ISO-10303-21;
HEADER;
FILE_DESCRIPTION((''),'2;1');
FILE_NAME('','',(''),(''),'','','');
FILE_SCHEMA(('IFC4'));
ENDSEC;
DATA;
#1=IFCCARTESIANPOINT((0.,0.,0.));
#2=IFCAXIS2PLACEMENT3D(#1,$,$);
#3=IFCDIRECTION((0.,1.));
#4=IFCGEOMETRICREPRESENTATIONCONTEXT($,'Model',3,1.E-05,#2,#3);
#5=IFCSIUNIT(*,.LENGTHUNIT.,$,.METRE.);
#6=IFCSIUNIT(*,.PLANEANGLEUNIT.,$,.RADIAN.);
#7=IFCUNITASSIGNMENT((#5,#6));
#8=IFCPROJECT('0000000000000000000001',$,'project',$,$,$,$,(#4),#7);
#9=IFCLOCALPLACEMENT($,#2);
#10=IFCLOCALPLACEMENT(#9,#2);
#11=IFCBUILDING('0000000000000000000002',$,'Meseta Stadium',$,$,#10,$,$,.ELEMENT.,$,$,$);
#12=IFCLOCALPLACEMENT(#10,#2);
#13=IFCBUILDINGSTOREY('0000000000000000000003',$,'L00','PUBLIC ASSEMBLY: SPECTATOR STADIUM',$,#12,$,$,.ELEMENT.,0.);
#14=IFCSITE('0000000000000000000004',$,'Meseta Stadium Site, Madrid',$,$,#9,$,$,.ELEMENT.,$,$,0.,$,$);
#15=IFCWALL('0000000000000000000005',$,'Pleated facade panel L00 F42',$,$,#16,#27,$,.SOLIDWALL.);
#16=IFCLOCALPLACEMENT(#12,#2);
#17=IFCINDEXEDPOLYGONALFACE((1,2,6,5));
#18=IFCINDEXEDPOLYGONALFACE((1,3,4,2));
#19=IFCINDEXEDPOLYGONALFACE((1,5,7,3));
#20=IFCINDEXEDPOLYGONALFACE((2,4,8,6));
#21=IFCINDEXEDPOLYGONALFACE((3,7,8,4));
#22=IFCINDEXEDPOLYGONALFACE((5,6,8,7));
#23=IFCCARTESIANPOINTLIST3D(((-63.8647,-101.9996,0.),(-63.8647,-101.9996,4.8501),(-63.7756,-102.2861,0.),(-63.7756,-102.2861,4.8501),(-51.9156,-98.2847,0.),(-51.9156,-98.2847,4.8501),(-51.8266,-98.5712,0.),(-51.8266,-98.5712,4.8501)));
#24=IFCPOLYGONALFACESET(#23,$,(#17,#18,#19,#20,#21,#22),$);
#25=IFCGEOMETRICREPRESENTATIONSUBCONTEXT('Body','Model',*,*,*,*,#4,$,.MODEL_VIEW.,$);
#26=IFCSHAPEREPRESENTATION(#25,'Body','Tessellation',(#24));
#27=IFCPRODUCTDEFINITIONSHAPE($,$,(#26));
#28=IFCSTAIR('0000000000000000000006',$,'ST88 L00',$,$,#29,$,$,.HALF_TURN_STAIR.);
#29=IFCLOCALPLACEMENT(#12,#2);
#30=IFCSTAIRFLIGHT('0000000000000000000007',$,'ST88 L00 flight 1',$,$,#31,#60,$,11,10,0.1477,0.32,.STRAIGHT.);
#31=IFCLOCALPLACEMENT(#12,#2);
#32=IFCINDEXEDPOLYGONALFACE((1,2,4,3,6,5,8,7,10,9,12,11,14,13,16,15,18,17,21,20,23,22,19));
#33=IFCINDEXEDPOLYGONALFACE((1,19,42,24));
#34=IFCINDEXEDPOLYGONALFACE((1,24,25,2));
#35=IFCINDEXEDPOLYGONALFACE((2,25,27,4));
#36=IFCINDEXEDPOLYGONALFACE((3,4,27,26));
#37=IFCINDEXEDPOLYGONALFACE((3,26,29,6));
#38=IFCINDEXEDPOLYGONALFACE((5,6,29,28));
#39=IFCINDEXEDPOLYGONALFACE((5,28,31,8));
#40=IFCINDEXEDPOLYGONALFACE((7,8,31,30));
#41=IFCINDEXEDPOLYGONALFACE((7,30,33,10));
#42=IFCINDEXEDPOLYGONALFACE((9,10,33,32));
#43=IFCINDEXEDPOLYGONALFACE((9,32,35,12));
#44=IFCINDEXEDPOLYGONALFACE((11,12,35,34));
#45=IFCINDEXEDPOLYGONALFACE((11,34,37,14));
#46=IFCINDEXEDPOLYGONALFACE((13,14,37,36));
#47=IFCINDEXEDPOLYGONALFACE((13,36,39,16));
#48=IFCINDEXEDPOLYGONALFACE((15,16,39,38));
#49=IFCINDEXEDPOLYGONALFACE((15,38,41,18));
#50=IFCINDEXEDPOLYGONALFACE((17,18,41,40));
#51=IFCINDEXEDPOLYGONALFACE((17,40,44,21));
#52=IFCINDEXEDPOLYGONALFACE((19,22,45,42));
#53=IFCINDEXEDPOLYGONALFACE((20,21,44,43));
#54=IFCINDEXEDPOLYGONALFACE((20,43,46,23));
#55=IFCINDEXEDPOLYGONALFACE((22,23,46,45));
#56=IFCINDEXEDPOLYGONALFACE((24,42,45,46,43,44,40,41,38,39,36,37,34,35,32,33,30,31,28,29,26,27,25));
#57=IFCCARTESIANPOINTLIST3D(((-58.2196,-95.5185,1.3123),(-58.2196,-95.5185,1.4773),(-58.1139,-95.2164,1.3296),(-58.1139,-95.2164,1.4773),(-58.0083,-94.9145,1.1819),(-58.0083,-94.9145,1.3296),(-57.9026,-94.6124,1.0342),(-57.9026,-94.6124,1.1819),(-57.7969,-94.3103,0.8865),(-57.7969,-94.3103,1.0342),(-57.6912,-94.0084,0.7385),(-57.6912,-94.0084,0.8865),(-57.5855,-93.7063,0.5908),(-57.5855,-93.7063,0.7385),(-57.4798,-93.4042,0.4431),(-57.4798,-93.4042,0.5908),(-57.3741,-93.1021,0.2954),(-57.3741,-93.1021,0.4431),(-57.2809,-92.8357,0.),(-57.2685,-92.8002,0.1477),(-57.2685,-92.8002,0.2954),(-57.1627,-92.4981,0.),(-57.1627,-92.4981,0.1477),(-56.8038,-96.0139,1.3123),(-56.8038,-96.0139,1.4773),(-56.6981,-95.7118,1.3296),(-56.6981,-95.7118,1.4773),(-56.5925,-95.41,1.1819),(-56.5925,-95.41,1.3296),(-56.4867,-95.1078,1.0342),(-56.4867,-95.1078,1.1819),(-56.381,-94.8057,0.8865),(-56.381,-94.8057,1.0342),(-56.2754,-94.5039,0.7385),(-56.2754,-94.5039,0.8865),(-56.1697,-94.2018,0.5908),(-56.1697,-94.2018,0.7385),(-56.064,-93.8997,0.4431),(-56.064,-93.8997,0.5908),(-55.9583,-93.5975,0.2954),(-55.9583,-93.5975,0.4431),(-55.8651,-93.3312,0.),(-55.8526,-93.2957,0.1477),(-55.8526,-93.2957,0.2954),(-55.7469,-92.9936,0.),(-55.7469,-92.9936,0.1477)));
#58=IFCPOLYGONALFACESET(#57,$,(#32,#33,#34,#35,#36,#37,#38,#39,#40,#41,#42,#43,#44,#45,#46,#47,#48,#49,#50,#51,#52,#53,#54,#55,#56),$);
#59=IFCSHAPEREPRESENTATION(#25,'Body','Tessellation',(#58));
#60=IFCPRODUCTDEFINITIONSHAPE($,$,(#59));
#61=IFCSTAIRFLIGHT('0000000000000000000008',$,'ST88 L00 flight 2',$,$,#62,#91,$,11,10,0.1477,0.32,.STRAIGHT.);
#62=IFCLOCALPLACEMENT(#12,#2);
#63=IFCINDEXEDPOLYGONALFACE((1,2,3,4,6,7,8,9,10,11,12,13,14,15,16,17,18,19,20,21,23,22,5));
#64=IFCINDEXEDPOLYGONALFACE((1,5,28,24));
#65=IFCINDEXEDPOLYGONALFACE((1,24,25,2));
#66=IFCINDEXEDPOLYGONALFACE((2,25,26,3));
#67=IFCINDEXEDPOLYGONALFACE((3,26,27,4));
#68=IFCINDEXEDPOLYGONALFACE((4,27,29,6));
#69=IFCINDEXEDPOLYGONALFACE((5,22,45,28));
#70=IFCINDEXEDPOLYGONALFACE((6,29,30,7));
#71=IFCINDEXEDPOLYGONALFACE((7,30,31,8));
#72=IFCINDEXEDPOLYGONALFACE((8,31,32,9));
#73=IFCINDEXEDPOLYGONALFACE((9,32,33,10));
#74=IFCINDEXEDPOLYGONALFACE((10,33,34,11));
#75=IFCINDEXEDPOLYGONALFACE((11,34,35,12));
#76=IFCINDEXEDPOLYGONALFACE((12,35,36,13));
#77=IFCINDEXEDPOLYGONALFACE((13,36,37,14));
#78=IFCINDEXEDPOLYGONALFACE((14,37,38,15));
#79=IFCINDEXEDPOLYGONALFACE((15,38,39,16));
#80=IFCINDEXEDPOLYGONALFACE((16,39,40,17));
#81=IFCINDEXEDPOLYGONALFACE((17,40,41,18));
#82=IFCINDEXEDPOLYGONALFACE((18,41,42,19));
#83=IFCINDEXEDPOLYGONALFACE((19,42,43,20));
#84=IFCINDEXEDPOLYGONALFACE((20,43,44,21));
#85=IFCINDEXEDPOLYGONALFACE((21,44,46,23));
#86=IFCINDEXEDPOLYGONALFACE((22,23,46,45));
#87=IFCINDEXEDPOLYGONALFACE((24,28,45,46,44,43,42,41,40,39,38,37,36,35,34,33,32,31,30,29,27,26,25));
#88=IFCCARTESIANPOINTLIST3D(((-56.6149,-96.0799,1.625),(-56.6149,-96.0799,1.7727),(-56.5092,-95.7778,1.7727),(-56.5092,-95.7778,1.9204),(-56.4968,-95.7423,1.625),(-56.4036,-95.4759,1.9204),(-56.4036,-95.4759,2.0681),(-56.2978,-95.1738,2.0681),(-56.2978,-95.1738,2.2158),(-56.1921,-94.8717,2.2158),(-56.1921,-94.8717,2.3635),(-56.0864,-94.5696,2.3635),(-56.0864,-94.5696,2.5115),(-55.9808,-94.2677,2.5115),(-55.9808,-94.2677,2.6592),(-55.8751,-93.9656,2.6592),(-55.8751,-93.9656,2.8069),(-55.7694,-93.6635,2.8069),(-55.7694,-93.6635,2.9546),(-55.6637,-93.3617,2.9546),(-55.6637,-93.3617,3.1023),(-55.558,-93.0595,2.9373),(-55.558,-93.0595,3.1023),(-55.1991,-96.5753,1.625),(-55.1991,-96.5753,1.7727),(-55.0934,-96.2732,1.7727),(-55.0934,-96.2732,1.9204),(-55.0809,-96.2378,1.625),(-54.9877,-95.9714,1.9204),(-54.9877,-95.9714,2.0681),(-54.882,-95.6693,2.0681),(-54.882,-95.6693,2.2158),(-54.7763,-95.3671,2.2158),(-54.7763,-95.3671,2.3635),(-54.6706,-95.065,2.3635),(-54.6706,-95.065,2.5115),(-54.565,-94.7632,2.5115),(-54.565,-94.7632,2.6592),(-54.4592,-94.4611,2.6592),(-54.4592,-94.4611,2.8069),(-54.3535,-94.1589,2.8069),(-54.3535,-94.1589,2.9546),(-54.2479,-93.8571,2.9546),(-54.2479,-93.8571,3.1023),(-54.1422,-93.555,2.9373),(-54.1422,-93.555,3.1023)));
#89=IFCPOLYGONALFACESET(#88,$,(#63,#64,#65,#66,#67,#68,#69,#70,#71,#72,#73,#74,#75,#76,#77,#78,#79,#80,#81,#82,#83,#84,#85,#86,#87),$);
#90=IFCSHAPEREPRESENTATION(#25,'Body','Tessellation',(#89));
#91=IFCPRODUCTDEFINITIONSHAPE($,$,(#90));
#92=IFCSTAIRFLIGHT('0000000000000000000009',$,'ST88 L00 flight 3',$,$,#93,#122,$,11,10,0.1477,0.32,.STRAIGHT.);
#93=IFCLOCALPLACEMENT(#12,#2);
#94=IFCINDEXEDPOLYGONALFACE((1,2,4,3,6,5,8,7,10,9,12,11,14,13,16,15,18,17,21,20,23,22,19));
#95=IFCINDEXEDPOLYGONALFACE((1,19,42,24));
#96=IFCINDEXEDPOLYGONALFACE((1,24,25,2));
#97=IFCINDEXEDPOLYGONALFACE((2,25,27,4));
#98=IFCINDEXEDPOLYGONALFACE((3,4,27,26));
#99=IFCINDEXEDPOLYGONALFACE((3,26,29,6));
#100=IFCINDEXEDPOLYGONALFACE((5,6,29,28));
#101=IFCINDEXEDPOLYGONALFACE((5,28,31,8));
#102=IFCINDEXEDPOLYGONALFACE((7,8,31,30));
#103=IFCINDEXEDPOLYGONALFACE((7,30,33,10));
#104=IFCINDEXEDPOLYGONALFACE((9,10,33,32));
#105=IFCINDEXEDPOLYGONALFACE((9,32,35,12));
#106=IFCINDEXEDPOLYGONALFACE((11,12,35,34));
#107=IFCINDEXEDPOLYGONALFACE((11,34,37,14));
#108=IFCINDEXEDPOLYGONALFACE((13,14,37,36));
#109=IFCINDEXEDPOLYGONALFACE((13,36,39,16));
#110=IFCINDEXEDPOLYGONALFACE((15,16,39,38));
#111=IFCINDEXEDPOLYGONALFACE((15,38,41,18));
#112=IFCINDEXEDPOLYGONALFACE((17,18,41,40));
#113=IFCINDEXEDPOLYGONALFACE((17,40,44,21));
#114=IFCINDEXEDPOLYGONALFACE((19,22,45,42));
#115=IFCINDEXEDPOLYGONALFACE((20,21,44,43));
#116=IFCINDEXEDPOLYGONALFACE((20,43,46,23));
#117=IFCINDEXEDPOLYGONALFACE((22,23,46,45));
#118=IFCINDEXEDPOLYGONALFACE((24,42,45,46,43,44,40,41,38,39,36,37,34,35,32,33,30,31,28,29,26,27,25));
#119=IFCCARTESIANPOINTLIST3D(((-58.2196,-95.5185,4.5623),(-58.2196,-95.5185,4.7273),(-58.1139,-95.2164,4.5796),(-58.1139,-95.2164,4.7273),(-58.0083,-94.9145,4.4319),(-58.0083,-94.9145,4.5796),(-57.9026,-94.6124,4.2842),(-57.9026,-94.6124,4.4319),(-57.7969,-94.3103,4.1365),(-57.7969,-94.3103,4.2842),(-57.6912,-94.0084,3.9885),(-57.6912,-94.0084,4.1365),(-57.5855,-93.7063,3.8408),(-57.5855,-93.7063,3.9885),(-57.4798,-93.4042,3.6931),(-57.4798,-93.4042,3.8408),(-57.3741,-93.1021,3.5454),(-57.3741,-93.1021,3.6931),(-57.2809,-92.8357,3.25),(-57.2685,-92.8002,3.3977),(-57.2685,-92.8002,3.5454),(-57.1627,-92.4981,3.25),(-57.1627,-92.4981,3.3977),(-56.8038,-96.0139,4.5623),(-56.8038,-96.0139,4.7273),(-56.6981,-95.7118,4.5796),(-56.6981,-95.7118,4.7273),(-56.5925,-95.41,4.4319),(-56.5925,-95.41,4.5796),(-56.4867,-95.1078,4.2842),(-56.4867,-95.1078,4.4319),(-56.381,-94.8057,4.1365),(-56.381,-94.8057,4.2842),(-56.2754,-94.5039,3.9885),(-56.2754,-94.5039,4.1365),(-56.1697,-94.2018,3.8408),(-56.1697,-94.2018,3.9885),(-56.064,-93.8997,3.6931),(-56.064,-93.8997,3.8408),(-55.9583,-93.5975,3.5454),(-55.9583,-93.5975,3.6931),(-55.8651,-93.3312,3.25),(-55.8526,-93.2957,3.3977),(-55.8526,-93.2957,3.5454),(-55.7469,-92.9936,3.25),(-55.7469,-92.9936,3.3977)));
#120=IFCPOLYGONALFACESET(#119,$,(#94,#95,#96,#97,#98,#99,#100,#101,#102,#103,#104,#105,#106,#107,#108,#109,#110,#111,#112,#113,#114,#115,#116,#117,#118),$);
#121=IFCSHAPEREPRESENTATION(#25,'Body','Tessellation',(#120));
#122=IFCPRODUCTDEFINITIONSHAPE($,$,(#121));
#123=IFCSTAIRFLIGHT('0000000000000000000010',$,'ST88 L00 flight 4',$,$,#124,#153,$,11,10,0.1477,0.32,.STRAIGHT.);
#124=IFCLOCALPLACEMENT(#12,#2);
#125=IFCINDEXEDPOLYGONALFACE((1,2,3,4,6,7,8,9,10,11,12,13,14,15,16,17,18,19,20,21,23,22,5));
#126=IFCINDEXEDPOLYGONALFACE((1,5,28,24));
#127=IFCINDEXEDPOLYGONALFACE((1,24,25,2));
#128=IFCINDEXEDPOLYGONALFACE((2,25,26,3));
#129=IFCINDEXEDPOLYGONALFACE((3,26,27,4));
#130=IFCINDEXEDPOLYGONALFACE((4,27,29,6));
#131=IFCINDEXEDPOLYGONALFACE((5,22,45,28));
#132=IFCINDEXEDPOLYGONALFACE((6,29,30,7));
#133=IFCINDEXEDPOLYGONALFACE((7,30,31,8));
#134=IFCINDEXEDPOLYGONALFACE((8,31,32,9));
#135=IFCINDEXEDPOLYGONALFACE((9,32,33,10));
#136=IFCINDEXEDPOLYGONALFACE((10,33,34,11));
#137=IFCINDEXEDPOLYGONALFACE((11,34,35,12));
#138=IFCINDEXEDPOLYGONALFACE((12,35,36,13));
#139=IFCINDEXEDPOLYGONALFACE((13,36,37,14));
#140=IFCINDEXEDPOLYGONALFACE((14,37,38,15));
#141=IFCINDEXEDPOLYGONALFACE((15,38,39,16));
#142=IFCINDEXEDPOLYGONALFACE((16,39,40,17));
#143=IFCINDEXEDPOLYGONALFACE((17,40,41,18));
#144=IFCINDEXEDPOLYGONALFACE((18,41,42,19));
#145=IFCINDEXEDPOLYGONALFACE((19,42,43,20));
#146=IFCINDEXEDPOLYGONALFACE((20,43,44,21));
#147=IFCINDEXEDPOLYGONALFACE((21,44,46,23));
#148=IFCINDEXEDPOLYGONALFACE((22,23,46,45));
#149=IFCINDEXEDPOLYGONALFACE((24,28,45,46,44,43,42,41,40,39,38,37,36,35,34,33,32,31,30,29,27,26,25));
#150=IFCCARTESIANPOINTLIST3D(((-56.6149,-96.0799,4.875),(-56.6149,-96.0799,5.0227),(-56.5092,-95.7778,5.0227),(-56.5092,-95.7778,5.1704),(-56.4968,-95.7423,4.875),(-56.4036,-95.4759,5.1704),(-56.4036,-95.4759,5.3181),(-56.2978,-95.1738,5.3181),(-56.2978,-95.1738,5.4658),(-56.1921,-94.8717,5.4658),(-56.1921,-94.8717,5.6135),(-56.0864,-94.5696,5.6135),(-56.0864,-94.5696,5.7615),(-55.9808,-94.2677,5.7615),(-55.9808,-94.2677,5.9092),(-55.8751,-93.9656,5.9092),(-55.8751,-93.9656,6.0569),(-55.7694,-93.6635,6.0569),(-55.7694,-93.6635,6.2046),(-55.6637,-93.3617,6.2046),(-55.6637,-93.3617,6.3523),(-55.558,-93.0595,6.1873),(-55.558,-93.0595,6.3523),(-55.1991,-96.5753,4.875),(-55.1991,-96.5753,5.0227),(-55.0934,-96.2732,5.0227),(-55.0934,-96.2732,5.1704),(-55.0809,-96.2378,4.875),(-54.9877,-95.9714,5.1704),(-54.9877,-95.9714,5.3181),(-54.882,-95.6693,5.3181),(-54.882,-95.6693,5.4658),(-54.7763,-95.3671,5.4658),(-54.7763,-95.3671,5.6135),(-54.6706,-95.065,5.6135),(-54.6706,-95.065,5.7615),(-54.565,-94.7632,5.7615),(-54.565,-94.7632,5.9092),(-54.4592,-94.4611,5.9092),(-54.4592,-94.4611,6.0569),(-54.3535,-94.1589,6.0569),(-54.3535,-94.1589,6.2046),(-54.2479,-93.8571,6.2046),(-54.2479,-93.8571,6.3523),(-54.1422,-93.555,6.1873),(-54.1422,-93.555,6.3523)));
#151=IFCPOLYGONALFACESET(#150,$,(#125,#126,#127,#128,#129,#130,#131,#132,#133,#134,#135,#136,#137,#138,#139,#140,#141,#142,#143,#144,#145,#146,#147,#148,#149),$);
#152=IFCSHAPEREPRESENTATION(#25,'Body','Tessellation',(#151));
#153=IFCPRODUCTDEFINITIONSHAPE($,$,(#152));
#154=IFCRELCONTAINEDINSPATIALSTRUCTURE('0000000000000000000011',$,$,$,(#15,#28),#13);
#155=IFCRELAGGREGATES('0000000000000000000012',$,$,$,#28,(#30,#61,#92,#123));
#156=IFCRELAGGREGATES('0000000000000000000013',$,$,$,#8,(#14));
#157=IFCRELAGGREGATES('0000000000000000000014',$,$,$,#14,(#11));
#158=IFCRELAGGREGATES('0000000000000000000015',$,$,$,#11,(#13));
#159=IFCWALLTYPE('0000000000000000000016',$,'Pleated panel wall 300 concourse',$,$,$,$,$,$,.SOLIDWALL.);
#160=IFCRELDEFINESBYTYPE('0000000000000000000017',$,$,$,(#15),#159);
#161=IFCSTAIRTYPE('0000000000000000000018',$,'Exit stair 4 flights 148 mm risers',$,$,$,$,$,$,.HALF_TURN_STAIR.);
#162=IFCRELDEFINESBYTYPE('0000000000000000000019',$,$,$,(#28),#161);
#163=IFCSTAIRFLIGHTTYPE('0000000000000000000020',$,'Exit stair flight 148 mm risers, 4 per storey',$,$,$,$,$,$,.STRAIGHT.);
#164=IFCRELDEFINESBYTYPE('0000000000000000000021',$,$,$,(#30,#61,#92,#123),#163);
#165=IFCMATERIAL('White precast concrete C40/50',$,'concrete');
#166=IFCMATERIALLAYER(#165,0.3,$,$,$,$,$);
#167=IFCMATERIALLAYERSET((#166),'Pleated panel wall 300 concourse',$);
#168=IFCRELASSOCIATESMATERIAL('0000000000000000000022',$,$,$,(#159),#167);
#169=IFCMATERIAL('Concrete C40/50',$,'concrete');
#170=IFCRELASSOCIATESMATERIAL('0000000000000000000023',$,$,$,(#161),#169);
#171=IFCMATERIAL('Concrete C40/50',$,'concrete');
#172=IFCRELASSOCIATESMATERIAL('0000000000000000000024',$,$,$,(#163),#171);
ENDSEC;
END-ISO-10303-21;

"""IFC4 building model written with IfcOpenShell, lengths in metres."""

from ifc_helpers import new_model, si_unit, direction, frame, frame_2d, origin, place, context, subcontext, project, spatial, polyline, rectangle, outline, extrude, material, layer, layer_set, type_object, element, aggregate, save


model = new_model("IFC4")

# Units and contexts
model_context = context("Model", 3, precision=1e-05, world=origin(), true_north=direction((0.0, 1.0)))
body_context = subcontext(model_context, "Body", "Model", "MODEL_VIEW")
ifc_project = project(units=[si_unit("LENGTHUNIT", "METRE"), si_unit("PLANEANGLEUNIT", "RADIAN")], contexts=[model_context])

# Site, building, storey
site_placement = place(None, origin())
site = spatial("IfcSite", under=ifc_project, at=site_placement, Name="Meseta Stadium Site, Madrid", CompositionType="ELEMENT", RefElevation=0.0)
building_placement = place(site_placement, origin())
building = spatial("IfcBuilding", under=site, at=building_placement, Name="Meseta Stadium", CompositionType="ELEMENT")
storey_placement = place(building_placement, origin())
storey = spatial("IfcBuildingStorey", under=building, at=storey_placement, Name="L00", Description="PUBLIC ASSEMBLY: SPECTATOR STADIUM", CompositionType="ELEMENT", Elevation=0.0)

# Wall
ifc_material_1 = material(Name="White precast concrete C40/50", Category="concrete")
ifc_layer_1 = layer(ifc_material_1, 0.3)
ifc_layer_set_1 = layer_set([ifc_layer_1], Name="Pleated panel wall 300 concourse")
wall_type_1 = type_object("IfcWallType", Name="Pleated panel wall 300 concourse", PredefinedType="SOLIDWALL", material=ifc_layer_set_1)
wall_1_placement = place(storey_placement, frame((-51.8711, -98.428, 0.0), z_axis=(0.0, 0.0, 1.0), x_axis=(-0.954916, -0.296876, 0.0)))
element("IfcWall", 1, at=wall_1_placement, inside=storey, type_object=wall_type_1, Name="Pleated facade panel L00 F42", PredefinedType="SOLIDWALL", context=body_context, shape_type="SweptSolid", body=[
    extrude(rectangle(XDim=12.5132, YDim=0.3, at=frame_2d((6.2566, 0.0))), origin(), (0.0, 0.0, 1.0), 4.8501),
])

# Stair, stair flights
ifc_material_2 = material(Name="Concrete C40/50", Category="concrete")
stair_type = type_object("IfcStairType", Name="Exit stair 4 flights 148 mm risers", PredefinedType="HALF_TURN_STAIR", material=ifc_material_2)
stair_placement = place(storey_placement, origin())
stair = element("IfcStair", 2, at=stair_placement, inside=storey, type_object=stair_type, Name="ST88 L00", PredefinedType="HALF_TURN_STAIR")
ifc_material_3 = material(Name="Concrete C40/50", Category="concrete")
stair_flight_type = type_object("IfcStairFlightType", Name="Exit stair flight 148 mm risers, 4 per storey", PredefinedType="STRAIGHT", material=ifc_material_3)
stair_flight_1_placement = place(storey_placement, frame((-56.4548, -92.7458, 0.0), z_axis=(0.0, 0.0, 1.0), x_axis=(-0.330279, -0.943883, 0.0)))
stair_flight_1 = element("IfcStairFlight", 3, at=stair_flight_1_placement, type_object=stair_flight_type, Name="ST88 L00 flight 1", NumberOfRisers=11, NumberOfTreads=10, PredefinedType="STRAIGHT", RiserHeight=0.1477, TreadLength=0.32, context=body_context, shape_type="SweptSolid", body=[
    extrude(outline(polyline([(0.0, 0.0), (0.0, 0.1477), (0.3201, 0.1477), (0.3201, 0.2954), (0.6399, 0.2954), (0.6399, 0.4431), (0.96, 0.4431), (0.96, 0.5908), (1.28, 0.5908), (1.28, 0.7385), (1.6001, 0.7385), (1.6001, 0.8865), (1.9199, 0.8865), (1.9199, 1.0342), (2.24, 1.0342), (2.24, 1.1819), (2.5601, 1.1819), (2.5601, 1.3296), (2.8799, 1.3296), (2.8799, 1.4773), (3.2, 1.4773), (3.2, 1.3123), (0.3577, 0.0), (0.0, 0.0)])), frame((0.0, 0.75, 0.0), z_axis=(0.0, -1.0, 0.0), x_axis=(1.0, 0.0, 0.0)), (0.0, 0.0, 1.0), 1.5),
])
stair_flight_2_placement = place(storey_placement, frame((-55.907, -96.3276, 1.625), z_axis=(0.0, 0.0, 1.0), x_axis=(0.330279, 0.943883, 0.0)))
stair_flight_2 = element("IfcStairFlight", 4, at=stair_flight_2_placement, type_object=stair_flight_type, Name="ST88 L00 flight 2", NumberOfRisers=11, NumberOfTreads=10, PredefinedType="STRAIGHT", RiserHeight=0.1477, TreadLength=0.32, context=body_context, shape_type="SweptSolid", body=[
    extrude(outline(polyline([(0.0, 0.0), (0.0, 0.1477), (0.3201, 0.1477), (0.3201, 0.2954), (0.6399, 0.2954), (0.6399, 0.4431), (0.96, 0.4431), (0.96, 0.5908), (1.28, 0.5908), (1.28, 0.7385), (1.6001, 0.7385), (1.6001, 0.8865), (1.9199, 0.8865), (1.9199, 1.0342), (2.24, 1.0342), (2.24, 1.1819), (2.5601, 1.1819), (2.5601, 1.3296), (2.8799, 1.3296), (2.8799, 1.4773), (3.2, 1.4773), (3.2, 1.3123), (0.3577, 0.0), (0.0, 0.0)])), frame((0.0, 0.75, 0.0), z_axis=(0.0, -1.0, 0.0), x_axis=(1.0, 0.0, 0.0)), (0.0, 0.0, 1.0), 1.5),
])
stair_flight_3_placement = place(storey_placement, frame((-56.4548, -92.7458, 3.25), z_axis=(0.0, 0.0, 1.0), x_axis=(-0.330279, -0.943883, 0.0)))
stair_flight_3 = element("IfcStairFlight", 5, at=stair_flight_3_placement, type_object=stair_flight_type, Name="ST88 L00 flight 3", NumberOfRisers=11, NumberOfTreads=10, PredefinedType="STRAIGHT", RiserHeight=0.1477, TreadLength=0.32, context=body_context, shape_type="SweptSolid", body=[
    extrude(outline(polyline([(0.0, 0.0), (0.0, 0.1477), (0.3201, 0.1477), (0.3201, 0.2954), (0.6399, 0.2954), (0.6399, 0.4431), (0.96, 0.4431), (0.96, 0.5908), (1.28, 0.5908), (1.28, 0.7385), (1.6001, 0.7385), (1.6001, 0.8865), (1.9199, 0.8865), (1.9199, 1.0342), (2.24, 1.0342), (2.24, 1.1819), (2.5601, 1.1819), (2.5601, 1.3296), (2.8799, 1.3296), (2.8799, 1.4773), (3.2, 1.4773), (3.2, 1.3123), (0.3577, 0.0), (0.0, 0.0)])), frame((0.0, 0.75, 0.0), z_axis=(0.0, -1.0, 0.0), x_axis=(1.0, 0.0, 0.0)), (0.0, 0.0, 1.0), 1.5),
])
stair_flight_4_placement = place(storey_placement, frame((-55.907, -96.3276, 4.875), z_axis=(0.0, 0.0, 1.0), x_axis=(0.330279, 0.943883, 0.0)))
stair_flight_4 = element("IfcStairFlight", 6, at=stair_flight_4_placement, type_object=stair_flight_type, Name="ST88 L00 flight 4", NumberOfRisers=11, NumberOfTreads=10, PredefinedType="STRAIGHT", RiserHeight=0.1477, TreadLength=0.32, context=body_context, shape_type="SweptSolid", body=[
    extrude(outline(polyline([(0.0, 0.0), (0.0, 0.1477), (0.3201, 0.1477), (0.3201, 0.2954), (0.6399, 0.2954), (0.6399, 0.4431), (0.96, 0.4431), (0.96, 0.5908), (1.28, 0.5908), (1.28, 0.7385), (1.6001, 0.7385), (1.6001, 0.8865), (1.9199, 0.8865), (1.9199, 1.0342), (2.24, 1.0342), (2.24, 1.1819), (2.5601, 1.1819), (2.5601, 1.3296), (2.8799, 1.3296), (2.8799, 1.4773), (3.2, 1.4773), (3.2, 1.3123), (0.3577, 0.0), (0.0, 0.0)])), frame((0.0, 0.75, 0.0), z_axis=(0.0, -1.0, 0.0), x_axis=(1.0, 0.0, 0.0)), (0.0, 0.0, 1.0), 1.5),
])
aggregate(stair, [stair_flight_1, stair_flight_2, stair_flight_3, stair_flight_4])

save(model, "model.ifc")
